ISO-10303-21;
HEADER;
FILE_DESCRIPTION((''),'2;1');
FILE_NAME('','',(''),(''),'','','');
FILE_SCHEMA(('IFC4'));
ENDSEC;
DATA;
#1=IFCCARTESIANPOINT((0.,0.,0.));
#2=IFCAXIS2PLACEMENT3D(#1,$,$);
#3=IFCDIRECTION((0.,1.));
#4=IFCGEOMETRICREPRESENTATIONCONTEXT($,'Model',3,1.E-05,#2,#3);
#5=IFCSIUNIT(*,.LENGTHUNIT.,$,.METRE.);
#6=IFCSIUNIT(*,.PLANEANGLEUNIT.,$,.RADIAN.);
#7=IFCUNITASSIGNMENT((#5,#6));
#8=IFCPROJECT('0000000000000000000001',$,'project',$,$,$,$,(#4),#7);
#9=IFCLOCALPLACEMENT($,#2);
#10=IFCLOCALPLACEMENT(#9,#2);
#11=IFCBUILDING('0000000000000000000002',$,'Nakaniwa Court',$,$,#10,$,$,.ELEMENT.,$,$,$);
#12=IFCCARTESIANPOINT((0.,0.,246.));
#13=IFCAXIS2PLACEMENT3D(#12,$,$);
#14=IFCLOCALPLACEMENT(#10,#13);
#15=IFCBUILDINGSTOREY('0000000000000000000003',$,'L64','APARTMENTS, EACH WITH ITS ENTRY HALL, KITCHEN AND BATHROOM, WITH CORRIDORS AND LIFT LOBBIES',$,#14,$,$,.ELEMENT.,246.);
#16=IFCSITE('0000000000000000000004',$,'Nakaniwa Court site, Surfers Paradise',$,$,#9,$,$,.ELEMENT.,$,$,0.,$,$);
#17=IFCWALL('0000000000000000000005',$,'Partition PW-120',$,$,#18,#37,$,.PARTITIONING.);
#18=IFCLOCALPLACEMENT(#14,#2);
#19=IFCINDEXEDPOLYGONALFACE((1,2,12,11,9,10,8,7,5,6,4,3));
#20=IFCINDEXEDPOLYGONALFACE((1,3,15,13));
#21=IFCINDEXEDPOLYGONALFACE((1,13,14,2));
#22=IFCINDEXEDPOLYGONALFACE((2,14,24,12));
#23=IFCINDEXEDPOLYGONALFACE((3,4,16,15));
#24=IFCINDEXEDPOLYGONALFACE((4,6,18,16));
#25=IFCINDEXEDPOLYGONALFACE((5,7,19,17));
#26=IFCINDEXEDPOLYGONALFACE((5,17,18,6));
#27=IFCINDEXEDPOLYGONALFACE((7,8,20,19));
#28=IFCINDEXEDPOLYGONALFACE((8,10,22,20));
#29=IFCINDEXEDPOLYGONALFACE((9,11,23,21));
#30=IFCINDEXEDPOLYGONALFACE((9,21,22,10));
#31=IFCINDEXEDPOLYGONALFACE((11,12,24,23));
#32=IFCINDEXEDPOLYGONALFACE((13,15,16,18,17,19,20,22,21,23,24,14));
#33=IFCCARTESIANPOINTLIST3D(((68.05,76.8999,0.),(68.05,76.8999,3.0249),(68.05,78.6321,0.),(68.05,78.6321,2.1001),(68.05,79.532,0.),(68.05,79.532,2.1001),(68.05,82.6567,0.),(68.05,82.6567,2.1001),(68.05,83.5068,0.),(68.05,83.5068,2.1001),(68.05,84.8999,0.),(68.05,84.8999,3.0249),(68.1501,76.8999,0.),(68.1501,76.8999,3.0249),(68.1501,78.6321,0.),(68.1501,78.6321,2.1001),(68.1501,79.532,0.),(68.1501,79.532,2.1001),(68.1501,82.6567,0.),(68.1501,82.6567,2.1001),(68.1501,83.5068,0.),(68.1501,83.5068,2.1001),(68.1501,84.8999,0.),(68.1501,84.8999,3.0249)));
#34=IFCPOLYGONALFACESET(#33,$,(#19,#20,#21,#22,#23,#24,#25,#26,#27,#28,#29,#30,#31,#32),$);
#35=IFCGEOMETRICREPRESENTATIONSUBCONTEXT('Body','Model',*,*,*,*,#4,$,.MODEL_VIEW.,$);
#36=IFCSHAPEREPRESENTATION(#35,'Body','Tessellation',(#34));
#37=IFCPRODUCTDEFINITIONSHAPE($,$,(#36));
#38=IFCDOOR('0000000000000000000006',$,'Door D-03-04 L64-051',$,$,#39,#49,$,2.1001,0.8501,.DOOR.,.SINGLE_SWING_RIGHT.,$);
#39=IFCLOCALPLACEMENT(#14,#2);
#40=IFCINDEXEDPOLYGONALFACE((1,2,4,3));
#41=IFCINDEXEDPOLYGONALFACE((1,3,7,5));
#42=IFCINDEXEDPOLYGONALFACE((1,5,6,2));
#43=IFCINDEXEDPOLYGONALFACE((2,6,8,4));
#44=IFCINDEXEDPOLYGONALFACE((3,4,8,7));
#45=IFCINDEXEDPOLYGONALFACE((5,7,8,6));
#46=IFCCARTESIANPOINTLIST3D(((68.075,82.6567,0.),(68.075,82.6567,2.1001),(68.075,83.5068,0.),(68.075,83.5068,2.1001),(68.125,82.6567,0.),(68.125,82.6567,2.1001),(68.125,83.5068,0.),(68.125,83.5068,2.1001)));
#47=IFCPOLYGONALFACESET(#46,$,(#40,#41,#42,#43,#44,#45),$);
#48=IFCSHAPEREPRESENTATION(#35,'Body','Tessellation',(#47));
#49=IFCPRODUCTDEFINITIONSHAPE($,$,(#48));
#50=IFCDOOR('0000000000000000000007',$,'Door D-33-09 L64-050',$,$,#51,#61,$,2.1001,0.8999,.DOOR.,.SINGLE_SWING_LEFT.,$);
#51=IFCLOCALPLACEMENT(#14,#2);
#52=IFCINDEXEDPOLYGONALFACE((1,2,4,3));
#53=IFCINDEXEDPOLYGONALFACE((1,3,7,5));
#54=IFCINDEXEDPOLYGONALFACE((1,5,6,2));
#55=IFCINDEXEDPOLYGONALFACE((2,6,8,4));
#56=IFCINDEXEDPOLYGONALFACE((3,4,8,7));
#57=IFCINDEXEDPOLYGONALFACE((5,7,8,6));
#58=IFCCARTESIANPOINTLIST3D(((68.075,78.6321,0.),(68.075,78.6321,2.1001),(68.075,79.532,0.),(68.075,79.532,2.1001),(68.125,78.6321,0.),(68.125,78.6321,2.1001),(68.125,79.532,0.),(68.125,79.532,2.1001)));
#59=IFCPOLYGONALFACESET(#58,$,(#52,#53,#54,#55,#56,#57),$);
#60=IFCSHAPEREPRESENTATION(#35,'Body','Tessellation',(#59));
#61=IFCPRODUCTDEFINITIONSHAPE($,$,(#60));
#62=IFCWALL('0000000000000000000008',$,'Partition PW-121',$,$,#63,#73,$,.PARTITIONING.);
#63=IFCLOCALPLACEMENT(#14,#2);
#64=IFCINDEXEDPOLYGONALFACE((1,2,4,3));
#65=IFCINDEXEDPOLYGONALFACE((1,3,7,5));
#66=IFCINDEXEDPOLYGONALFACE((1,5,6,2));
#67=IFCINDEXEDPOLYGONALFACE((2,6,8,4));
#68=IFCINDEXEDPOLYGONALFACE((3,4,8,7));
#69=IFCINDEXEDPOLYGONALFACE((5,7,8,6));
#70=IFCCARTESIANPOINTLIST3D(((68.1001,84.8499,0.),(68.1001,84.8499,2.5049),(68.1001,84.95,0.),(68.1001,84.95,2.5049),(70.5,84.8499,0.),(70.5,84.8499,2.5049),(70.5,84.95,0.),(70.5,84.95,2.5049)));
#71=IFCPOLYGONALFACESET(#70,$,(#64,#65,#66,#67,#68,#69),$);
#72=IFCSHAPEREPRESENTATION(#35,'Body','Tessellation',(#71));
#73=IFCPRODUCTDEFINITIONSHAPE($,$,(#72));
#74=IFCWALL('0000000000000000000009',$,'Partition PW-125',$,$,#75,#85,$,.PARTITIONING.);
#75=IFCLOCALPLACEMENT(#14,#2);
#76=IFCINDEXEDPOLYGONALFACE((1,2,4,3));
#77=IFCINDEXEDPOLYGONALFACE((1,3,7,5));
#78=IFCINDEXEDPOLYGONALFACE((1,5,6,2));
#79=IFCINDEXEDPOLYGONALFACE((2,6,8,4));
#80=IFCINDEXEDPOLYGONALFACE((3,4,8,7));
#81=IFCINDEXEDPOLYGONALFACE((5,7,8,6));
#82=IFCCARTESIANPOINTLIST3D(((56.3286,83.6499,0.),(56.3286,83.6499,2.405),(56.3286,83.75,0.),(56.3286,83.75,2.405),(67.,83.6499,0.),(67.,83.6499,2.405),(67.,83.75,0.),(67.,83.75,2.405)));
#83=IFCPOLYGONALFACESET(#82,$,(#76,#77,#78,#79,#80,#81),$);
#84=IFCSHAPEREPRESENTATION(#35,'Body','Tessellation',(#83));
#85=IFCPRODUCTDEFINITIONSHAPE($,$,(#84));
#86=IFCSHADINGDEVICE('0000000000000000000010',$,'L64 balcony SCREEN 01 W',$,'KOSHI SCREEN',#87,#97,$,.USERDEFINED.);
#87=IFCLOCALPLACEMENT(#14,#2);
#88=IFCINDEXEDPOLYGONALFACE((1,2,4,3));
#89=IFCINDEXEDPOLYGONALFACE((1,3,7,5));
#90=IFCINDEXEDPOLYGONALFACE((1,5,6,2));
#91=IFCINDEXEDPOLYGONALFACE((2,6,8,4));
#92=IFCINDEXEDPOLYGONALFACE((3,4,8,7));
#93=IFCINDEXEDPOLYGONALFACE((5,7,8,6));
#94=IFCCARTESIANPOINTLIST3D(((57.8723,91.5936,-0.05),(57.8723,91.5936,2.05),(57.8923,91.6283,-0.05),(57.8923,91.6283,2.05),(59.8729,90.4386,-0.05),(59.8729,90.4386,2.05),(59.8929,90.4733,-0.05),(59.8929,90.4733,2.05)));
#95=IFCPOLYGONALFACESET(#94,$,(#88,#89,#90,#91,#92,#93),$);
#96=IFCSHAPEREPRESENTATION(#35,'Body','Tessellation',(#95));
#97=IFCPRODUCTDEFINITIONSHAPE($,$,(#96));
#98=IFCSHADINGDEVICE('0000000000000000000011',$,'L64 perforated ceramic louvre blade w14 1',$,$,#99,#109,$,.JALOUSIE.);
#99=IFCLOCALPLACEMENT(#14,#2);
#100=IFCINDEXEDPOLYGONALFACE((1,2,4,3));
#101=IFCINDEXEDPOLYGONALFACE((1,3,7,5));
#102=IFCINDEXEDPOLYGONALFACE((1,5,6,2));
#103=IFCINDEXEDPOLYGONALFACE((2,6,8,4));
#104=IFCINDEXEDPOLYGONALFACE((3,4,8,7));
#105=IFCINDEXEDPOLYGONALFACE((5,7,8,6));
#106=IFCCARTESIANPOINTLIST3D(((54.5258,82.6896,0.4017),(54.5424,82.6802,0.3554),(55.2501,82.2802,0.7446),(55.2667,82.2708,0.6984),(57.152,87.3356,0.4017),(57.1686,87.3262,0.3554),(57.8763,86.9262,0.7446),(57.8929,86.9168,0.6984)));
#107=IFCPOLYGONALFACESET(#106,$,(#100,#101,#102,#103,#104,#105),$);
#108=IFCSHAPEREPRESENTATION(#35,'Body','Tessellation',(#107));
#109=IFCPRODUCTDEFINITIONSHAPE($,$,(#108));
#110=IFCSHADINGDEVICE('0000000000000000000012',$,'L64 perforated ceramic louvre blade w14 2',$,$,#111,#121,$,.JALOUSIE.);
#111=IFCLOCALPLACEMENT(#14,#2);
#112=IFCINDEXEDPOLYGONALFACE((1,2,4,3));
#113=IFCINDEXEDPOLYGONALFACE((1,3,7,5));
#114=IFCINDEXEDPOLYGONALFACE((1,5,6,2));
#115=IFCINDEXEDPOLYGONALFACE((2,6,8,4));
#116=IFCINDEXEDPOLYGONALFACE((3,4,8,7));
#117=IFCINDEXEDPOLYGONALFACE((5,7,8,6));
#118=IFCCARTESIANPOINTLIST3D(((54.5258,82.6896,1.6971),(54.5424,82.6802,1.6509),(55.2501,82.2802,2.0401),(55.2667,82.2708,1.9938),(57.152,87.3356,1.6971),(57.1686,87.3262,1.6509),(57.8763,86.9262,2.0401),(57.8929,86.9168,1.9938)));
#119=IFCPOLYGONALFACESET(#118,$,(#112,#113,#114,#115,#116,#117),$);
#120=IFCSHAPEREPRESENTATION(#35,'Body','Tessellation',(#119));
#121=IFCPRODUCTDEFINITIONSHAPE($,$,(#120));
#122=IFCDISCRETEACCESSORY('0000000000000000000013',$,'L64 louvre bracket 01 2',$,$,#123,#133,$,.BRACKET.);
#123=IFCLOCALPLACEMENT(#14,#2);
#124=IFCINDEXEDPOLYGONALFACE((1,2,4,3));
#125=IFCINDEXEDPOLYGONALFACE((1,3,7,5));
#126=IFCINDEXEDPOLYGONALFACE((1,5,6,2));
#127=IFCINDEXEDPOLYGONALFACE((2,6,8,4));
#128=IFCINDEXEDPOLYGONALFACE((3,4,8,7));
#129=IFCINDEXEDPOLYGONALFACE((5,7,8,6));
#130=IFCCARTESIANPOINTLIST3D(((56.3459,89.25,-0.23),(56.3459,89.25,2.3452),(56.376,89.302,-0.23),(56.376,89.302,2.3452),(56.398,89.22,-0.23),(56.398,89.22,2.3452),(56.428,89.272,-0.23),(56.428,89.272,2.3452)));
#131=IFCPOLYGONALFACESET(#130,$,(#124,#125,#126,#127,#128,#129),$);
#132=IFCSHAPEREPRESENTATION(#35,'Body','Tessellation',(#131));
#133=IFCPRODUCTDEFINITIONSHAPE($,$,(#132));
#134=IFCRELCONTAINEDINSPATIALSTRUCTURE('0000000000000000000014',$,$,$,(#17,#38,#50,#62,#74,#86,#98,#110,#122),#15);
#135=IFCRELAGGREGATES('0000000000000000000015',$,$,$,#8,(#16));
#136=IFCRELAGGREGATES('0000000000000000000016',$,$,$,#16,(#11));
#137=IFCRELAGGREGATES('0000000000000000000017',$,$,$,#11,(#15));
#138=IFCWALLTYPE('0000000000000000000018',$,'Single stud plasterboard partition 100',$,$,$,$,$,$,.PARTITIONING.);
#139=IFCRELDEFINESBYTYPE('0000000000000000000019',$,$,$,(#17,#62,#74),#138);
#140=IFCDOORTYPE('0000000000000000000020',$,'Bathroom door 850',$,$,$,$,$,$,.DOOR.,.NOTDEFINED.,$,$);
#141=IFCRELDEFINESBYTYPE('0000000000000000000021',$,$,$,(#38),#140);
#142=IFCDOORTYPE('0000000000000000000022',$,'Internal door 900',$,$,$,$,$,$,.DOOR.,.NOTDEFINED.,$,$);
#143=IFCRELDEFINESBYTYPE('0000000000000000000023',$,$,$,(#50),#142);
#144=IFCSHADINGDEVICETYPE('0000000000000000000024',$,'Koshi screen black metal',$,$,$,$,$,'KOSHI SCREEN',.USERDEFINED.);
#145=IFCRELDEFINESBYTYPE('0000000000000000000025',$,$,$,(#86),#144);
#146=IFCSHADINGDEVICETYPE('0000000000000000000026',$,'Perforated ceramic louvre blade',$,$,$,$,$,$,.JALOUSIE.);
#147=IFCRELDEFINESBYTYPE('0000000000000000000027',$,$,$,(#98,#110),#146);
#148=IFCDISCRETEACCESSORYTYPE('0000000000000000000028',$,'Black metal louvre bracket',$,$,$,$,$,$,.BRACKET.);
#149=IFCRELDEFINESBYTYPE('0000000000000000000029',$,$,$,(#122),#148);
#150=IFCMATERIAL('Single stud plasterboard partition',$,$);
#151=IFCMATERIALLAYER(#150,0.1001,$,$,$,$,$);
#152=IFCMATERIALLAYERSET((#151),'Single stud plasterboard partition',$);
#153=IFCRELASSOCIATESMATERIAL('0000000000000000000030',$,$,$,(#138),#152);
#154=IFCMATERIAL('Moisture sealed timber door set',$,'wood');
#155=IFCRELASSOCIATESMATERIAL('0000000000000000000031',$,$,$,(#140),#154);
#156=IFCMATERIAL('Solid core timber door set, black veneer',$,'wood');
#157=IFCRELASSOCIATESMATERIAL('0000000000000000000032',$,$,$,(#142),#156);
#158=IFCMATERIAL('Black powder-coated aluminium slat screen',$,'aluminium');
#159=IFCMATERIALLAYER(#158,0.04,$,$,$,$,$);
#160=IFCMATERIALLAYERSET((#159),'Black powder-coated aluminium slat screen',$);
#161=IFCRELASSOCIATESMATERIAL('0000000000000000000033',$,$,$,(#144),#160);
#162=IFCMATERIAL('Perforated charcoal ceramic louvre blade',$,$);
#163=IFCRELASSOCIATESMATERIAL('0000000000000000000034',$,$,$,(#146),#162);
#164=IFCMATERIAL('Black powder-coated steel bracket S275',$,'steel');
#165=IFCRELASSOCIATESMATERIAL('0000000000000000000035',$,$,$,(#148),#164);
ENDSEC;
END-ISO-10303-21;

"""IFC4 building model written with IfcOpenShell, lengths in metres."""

from ifc_helpers import new_model, si_unit, direction, frame, frame_2d, origin, origin_2d, place, context, subcontext, project, spatial, rectangle, extrude, material, layer, layer_set, material_profile, profile_set, type_object, element, fill, save


model = new_model("IFC4")

# Units and contexts
model_context = context("Model", 3, precision=1e-05, world=origin(), true_north=direction((0.0, 1.0)))
body_context = subcontext(model_context, "Body", "Model", "MODEL_VIEW")
ifc_project = project(units=[si_unit("LENGTHUNIT", "METRE"), si_unit("PLANEANGLEUNIT", "RADIAN")], contexts=[model_context])

# Site, building, storey
site_placement = place(None, origin())
site = spatial("IfcSite", under=ifc_project, at=site_placement, Name="Nakaniwa Court site, Surfers Paradise", CompositionType="ELEMENT", RefElevation=0.0)
building_placement = place(site_placement, origin())
building = spatial("IfcBuilding", under=site, at=building_placement, Name="Nakaniwa Court", CompositionType="ELEMENT")
storey_placement = place(building_placement, frame((0.0, 0.0, 246.0)))
storey = spatial("IfcBuildingStorey", under=building, at=storey_placement, Name="L64", Description="APARTMENTS, EACH WITH ITS ENTRY HALL, KITCHEN AND BATHROOM, WITH CORRIDORS AND LIFT LOBBIES", CompositionType="ELEMENT", Elevation=246.0)

# Wall, openings, doors
ifc_material_1 = material(Name="Single stud plasterboard partition")
ifc_layer_1 = layer(ifc_material_1, 0.1001)
ifc_layer_set_1 = layer_set([ifc_layer_1], Name="Single stud plasterboard partition")
wall_type_1 = type_object("IfcWallType", Name="Single stud plasterboard partition 100", PredefinedType="PARTITIONING", material=ifc_layer_set_1)
wall_1_placement = place(storey_placement, frame((68.1001, 84.8999, 0.0), z_axis=(0.0, 0.0, 1.0), x_axis=(0.0, -1.0, 0.0)))
wall_1 = element("IfcWall", 1, at=wall_1_placement, inside=storey, type_object=wall_type_1, Name="Partition PW-120", PredefinedType="PARTITIONING", context=body_context, shape_type="SweptSolid", body=[
    extrude(rectangle(XDim=8.0, YDim=0.1001, at=frame_2d((4.0, 0.0))), origin(), (0.0, 0.0, 1.0), 3.0249),
])
opening_1_placement = place(wall_1_placement, frame((5.3679, 0.0, 0.0)))
opening_1 = element("IfcOpeningElement", 2, at=opening_1_placement, cuts=wall_1, PredefinedType="OPENING", context=body_context, shape_type="SweptSolid", body=[
    extrude(rectangle(XDim=0.8999, YDim=2.1001, at=frame_2d((0.45, 1.05))), frame((0.0, 0.0601, 0.0), z_axis=(0.0, -1.0, 0.0), x_axis=(1.0, 0.0, 0.0)), (0.0, 0.0, 1.0), 0.1201),
])
opening_2_placement = place(wall_1_placement, frame((1.3931, 0.0, 0.0)))
opening_2 = element("IfcOpeningElement", 3, at=opening_2_placement, cuts=wall_1, PredefinedType="OPENING", context=body_context, shape_type="SweptSolid", body=[
    extrude(rectangle(XDim=0.8501, YDim=2.1001, at=frame_2d((0.425, 1.05))), frame((0.0, 0.0601, 0.0), z_axis=(0.0, -1.0, 0.0), x_axis=(1.0, 0.0, 0.0)), (0.0, 0.0, 1.0), 0.1201),
])
ifc_material_2 = material(Name="Moisture sealed timber door set", Category="wood")
door_type_1 = type_object("IfcDoorType", Name="Bathroom door 850", OperationType="NOTDEFINED", PredefinedType="DOOR", material=ifc_material_2)
door_1_placement = place(opening_2_placement, origin())
door_1 = element("IfcDoor", 4, at=door_1_placement, inside=storey, type_object=door_type_1, Name="Door D-03-04 L64-051", OperationType="SINGLE_SWING_RIGHT", OverallHeight=2.1001, OverallWidth=0.8501, PredefinedType="DOOR", context=body_context, shape_type="SweptSolid", body=[
    extrude(rectangle(XDim=0.8501, YDim=2.1001, at=frame_2d((0.425, 1.05))), frame((0.0, 0.0249, 0.0), z_axis=(0.0, -1.0, 0.0), x_axis=(1.0, 0.0, 0.0)), (0.0, 0.0, 1.0), 0.05),
])
fill(opening_2, door_1)
ifc_material_3 = material(Name="Solid core timber door set, black veneer", Category="wood")
door_type_2 = type_object("IfcDoorType", Name="Internal door 900", OperationType="NOTDEFINED", PredefinedType="DOOR", material=ifc_material_3)
door_2_placement = place(opening_1_placement, origin())
door_2 = element("IfcDoor", 5, at=door_2_placement, inside=storey, type_object=door_type_2, Name="Door D-33-09 L64-050", OperationType="SINGLE_SWING_LEFT", OverallHeight=2.1001, OverallWidth=0.8999, PredefinedType="DOOR", context=body_context, shape_type="SweptSolid", body=[
    extrude(rectangle(XDim=0.8999, YDim=2.1001, at=frame_2d((0.45, 1.05))), frame((0.0, 0.0249, 0.0), z_axis=(0.0, -1.0, 0.0), x_axis=(1.0, 0.0, 0.0)), (0.0, 0.0, 1.0), 0.05),
])
fill(opening_1, door_2)

# Walls
wall_2_placement = place(storey_placement, frame((68.1001, 84.8999, 0.0), z_axis=(0.0, 0.0, 1.0), x_axis=(1.0, 0.0, 0.0)))
element("IfcWall", 6, at=wall_2_placement, inside=storey, type_object=wall_type_1, Name="Partition PW-121", PredefinedType="PARTITIONING", context=body_context, shape_type="SweptSolid", body=[
    extrude(rectangle(XDim=2.3999, YDim=0.1001, at=frame_2d((1.2, 0.0))), origin(), (0.0, 0.0, 1.0), 2.5049),
])
wall_3_placement = place(storey_placement, frame((56.3286, 83.7, 0.0), z_axis=(0.0, 0.0, 1.0), x_axis=(1.0, 0.0, 0.0)))
element("IfcWall", 7, at=wall_3_placement, inside=storey, type_object=wall_type_1, Name="Partition PW-125", PredefinedType="PARTITIONING", context=body_context, shape_type="SweptSolid", body=[
    extrude(rectangle(XDim=10.6714, YDim=0.1001, at=frame_2d((5.3357, 0.0))), origin(), (0.0, 0.0, 1.0), 2.405),
])

# Shading devices
ifc_material_4 = material(Name="Black powder-coated aluminium slat screen", Category="aluminium")
ifc_layer_2 = layer(ifc_material_4, 0.04)
ifc_layer_set_2 = layer_set([ifc_layer_2], Name="Black powder-coated aluminium slat screen")
shading_device_type_1 = type_object("IfcShadingDeviceType", Name="Koshi screen black metal", ElementType="KOSHI SCREEN", PredefinedType="USERDEFINED", material=ifc_layer_set_2)
shading_device_placement = place(storey_placement, frame((58.8826, 91.0334, -0.05), z_axis=(0.0, 0.0, 1.0), x_axis=(-0.499986, -0.866033, 0.0)))
element("IfcShadingDevice", 8, at=shading_device_placement, inside=storey, type_object=shading_device_type_1, Name="L64 balcony SCREEN 01 W", ObjectType="KOSHI SCREEN", PredefinedType="USERDEFINED", context=body_context, shape_type="SweptSolid", body=[
    extrude(rectangle(XDim=0.04, YDim=2.3101, at=origin_2d()), origin(), (0.0, 0.0, 1.0), 2.1001),
])
ifc_material_5 = material(Name="Perforated charcoal ceramic louvre blade")
ifc_material_profile_1 = material_profile(ifc_material_5, rectangle(XDim=0.8999, YDim=0.05, at=origin_2d()), Name="Perforated ceramic louvre blade")
ifc_profile_set_1 = profile_set([ifc_material_profile_1], Name="Perforated charcoal ceramic louvre blade")
shading_device_type_2 = type_object("IfcShadingDeviceType", Name="Perforated ceramic louvre blade", PredefinedType="JALOUSIE", material=ifc_profile_set_1)
for number, where, z_axis, x_axis, name in (
    (9, (57.5225, 87.1262, 0.55), (-0.492089, -0.870545, 0.0), (0.804859, -0.454959, 0.38107), "L64 perforated ceramic louvre blade w14 1"),
    (10, (57.5225, 87.1262, 1.8455), (-0.492089, -0.870545, 0.0), (0.804859, -0.454959, 0.38107), "L64 perforated ceramic louvre blade w14 2"),
):
    element("IfcShadingDevice", number, at=place(storey_placement, frame(where, z_axis=z_axis, x_axis=x_axis)), inside=storey, type_object=shading_device_type_2, Name=name, PredefinedType="JALOUSIE", context=body_context, shape_type="SweptSolid", body=[
        extrude(rectangle(XDim=0.8999, YDim=0.05, at=origin_2d()), origin(), (0.0, 0.0, 1.0), 5.3369),
    ])

# Discrete accessory
ifc_material_6 = material(Name="Black powder-coated steel bracket S275", Category="steel")
discrete_accessory_type = type_object("IfcDiscreteAccessoryType", Name="Black metal louvre bracket", PredefinedType="BRACKET", material=ifc_material_6)
discrete_accessory_placement = place(storey_placement, frame((56.387, 89.261, -0.23), z_axis=(0.0, 0.0, 1.0), x_axis=(-0.499986, -0.866033, 0.0)))
element("IfcDiscreteAccessory", 11, at=discrete_accessory_placement, inside=storey, type_object=discrete_accessory_type, Name="L64 louvre bracket 01 2", PredefinedType="BRACKET", context=body_context, shape_type="SweptSolid", body=[
    extrude(rectangle(XDim=0.0601, YDim=0.0601, at=origin_2d()), origin(), (0.0, 0.0, 1.0), 2.5752),
])

save(model, "model.ifc")
